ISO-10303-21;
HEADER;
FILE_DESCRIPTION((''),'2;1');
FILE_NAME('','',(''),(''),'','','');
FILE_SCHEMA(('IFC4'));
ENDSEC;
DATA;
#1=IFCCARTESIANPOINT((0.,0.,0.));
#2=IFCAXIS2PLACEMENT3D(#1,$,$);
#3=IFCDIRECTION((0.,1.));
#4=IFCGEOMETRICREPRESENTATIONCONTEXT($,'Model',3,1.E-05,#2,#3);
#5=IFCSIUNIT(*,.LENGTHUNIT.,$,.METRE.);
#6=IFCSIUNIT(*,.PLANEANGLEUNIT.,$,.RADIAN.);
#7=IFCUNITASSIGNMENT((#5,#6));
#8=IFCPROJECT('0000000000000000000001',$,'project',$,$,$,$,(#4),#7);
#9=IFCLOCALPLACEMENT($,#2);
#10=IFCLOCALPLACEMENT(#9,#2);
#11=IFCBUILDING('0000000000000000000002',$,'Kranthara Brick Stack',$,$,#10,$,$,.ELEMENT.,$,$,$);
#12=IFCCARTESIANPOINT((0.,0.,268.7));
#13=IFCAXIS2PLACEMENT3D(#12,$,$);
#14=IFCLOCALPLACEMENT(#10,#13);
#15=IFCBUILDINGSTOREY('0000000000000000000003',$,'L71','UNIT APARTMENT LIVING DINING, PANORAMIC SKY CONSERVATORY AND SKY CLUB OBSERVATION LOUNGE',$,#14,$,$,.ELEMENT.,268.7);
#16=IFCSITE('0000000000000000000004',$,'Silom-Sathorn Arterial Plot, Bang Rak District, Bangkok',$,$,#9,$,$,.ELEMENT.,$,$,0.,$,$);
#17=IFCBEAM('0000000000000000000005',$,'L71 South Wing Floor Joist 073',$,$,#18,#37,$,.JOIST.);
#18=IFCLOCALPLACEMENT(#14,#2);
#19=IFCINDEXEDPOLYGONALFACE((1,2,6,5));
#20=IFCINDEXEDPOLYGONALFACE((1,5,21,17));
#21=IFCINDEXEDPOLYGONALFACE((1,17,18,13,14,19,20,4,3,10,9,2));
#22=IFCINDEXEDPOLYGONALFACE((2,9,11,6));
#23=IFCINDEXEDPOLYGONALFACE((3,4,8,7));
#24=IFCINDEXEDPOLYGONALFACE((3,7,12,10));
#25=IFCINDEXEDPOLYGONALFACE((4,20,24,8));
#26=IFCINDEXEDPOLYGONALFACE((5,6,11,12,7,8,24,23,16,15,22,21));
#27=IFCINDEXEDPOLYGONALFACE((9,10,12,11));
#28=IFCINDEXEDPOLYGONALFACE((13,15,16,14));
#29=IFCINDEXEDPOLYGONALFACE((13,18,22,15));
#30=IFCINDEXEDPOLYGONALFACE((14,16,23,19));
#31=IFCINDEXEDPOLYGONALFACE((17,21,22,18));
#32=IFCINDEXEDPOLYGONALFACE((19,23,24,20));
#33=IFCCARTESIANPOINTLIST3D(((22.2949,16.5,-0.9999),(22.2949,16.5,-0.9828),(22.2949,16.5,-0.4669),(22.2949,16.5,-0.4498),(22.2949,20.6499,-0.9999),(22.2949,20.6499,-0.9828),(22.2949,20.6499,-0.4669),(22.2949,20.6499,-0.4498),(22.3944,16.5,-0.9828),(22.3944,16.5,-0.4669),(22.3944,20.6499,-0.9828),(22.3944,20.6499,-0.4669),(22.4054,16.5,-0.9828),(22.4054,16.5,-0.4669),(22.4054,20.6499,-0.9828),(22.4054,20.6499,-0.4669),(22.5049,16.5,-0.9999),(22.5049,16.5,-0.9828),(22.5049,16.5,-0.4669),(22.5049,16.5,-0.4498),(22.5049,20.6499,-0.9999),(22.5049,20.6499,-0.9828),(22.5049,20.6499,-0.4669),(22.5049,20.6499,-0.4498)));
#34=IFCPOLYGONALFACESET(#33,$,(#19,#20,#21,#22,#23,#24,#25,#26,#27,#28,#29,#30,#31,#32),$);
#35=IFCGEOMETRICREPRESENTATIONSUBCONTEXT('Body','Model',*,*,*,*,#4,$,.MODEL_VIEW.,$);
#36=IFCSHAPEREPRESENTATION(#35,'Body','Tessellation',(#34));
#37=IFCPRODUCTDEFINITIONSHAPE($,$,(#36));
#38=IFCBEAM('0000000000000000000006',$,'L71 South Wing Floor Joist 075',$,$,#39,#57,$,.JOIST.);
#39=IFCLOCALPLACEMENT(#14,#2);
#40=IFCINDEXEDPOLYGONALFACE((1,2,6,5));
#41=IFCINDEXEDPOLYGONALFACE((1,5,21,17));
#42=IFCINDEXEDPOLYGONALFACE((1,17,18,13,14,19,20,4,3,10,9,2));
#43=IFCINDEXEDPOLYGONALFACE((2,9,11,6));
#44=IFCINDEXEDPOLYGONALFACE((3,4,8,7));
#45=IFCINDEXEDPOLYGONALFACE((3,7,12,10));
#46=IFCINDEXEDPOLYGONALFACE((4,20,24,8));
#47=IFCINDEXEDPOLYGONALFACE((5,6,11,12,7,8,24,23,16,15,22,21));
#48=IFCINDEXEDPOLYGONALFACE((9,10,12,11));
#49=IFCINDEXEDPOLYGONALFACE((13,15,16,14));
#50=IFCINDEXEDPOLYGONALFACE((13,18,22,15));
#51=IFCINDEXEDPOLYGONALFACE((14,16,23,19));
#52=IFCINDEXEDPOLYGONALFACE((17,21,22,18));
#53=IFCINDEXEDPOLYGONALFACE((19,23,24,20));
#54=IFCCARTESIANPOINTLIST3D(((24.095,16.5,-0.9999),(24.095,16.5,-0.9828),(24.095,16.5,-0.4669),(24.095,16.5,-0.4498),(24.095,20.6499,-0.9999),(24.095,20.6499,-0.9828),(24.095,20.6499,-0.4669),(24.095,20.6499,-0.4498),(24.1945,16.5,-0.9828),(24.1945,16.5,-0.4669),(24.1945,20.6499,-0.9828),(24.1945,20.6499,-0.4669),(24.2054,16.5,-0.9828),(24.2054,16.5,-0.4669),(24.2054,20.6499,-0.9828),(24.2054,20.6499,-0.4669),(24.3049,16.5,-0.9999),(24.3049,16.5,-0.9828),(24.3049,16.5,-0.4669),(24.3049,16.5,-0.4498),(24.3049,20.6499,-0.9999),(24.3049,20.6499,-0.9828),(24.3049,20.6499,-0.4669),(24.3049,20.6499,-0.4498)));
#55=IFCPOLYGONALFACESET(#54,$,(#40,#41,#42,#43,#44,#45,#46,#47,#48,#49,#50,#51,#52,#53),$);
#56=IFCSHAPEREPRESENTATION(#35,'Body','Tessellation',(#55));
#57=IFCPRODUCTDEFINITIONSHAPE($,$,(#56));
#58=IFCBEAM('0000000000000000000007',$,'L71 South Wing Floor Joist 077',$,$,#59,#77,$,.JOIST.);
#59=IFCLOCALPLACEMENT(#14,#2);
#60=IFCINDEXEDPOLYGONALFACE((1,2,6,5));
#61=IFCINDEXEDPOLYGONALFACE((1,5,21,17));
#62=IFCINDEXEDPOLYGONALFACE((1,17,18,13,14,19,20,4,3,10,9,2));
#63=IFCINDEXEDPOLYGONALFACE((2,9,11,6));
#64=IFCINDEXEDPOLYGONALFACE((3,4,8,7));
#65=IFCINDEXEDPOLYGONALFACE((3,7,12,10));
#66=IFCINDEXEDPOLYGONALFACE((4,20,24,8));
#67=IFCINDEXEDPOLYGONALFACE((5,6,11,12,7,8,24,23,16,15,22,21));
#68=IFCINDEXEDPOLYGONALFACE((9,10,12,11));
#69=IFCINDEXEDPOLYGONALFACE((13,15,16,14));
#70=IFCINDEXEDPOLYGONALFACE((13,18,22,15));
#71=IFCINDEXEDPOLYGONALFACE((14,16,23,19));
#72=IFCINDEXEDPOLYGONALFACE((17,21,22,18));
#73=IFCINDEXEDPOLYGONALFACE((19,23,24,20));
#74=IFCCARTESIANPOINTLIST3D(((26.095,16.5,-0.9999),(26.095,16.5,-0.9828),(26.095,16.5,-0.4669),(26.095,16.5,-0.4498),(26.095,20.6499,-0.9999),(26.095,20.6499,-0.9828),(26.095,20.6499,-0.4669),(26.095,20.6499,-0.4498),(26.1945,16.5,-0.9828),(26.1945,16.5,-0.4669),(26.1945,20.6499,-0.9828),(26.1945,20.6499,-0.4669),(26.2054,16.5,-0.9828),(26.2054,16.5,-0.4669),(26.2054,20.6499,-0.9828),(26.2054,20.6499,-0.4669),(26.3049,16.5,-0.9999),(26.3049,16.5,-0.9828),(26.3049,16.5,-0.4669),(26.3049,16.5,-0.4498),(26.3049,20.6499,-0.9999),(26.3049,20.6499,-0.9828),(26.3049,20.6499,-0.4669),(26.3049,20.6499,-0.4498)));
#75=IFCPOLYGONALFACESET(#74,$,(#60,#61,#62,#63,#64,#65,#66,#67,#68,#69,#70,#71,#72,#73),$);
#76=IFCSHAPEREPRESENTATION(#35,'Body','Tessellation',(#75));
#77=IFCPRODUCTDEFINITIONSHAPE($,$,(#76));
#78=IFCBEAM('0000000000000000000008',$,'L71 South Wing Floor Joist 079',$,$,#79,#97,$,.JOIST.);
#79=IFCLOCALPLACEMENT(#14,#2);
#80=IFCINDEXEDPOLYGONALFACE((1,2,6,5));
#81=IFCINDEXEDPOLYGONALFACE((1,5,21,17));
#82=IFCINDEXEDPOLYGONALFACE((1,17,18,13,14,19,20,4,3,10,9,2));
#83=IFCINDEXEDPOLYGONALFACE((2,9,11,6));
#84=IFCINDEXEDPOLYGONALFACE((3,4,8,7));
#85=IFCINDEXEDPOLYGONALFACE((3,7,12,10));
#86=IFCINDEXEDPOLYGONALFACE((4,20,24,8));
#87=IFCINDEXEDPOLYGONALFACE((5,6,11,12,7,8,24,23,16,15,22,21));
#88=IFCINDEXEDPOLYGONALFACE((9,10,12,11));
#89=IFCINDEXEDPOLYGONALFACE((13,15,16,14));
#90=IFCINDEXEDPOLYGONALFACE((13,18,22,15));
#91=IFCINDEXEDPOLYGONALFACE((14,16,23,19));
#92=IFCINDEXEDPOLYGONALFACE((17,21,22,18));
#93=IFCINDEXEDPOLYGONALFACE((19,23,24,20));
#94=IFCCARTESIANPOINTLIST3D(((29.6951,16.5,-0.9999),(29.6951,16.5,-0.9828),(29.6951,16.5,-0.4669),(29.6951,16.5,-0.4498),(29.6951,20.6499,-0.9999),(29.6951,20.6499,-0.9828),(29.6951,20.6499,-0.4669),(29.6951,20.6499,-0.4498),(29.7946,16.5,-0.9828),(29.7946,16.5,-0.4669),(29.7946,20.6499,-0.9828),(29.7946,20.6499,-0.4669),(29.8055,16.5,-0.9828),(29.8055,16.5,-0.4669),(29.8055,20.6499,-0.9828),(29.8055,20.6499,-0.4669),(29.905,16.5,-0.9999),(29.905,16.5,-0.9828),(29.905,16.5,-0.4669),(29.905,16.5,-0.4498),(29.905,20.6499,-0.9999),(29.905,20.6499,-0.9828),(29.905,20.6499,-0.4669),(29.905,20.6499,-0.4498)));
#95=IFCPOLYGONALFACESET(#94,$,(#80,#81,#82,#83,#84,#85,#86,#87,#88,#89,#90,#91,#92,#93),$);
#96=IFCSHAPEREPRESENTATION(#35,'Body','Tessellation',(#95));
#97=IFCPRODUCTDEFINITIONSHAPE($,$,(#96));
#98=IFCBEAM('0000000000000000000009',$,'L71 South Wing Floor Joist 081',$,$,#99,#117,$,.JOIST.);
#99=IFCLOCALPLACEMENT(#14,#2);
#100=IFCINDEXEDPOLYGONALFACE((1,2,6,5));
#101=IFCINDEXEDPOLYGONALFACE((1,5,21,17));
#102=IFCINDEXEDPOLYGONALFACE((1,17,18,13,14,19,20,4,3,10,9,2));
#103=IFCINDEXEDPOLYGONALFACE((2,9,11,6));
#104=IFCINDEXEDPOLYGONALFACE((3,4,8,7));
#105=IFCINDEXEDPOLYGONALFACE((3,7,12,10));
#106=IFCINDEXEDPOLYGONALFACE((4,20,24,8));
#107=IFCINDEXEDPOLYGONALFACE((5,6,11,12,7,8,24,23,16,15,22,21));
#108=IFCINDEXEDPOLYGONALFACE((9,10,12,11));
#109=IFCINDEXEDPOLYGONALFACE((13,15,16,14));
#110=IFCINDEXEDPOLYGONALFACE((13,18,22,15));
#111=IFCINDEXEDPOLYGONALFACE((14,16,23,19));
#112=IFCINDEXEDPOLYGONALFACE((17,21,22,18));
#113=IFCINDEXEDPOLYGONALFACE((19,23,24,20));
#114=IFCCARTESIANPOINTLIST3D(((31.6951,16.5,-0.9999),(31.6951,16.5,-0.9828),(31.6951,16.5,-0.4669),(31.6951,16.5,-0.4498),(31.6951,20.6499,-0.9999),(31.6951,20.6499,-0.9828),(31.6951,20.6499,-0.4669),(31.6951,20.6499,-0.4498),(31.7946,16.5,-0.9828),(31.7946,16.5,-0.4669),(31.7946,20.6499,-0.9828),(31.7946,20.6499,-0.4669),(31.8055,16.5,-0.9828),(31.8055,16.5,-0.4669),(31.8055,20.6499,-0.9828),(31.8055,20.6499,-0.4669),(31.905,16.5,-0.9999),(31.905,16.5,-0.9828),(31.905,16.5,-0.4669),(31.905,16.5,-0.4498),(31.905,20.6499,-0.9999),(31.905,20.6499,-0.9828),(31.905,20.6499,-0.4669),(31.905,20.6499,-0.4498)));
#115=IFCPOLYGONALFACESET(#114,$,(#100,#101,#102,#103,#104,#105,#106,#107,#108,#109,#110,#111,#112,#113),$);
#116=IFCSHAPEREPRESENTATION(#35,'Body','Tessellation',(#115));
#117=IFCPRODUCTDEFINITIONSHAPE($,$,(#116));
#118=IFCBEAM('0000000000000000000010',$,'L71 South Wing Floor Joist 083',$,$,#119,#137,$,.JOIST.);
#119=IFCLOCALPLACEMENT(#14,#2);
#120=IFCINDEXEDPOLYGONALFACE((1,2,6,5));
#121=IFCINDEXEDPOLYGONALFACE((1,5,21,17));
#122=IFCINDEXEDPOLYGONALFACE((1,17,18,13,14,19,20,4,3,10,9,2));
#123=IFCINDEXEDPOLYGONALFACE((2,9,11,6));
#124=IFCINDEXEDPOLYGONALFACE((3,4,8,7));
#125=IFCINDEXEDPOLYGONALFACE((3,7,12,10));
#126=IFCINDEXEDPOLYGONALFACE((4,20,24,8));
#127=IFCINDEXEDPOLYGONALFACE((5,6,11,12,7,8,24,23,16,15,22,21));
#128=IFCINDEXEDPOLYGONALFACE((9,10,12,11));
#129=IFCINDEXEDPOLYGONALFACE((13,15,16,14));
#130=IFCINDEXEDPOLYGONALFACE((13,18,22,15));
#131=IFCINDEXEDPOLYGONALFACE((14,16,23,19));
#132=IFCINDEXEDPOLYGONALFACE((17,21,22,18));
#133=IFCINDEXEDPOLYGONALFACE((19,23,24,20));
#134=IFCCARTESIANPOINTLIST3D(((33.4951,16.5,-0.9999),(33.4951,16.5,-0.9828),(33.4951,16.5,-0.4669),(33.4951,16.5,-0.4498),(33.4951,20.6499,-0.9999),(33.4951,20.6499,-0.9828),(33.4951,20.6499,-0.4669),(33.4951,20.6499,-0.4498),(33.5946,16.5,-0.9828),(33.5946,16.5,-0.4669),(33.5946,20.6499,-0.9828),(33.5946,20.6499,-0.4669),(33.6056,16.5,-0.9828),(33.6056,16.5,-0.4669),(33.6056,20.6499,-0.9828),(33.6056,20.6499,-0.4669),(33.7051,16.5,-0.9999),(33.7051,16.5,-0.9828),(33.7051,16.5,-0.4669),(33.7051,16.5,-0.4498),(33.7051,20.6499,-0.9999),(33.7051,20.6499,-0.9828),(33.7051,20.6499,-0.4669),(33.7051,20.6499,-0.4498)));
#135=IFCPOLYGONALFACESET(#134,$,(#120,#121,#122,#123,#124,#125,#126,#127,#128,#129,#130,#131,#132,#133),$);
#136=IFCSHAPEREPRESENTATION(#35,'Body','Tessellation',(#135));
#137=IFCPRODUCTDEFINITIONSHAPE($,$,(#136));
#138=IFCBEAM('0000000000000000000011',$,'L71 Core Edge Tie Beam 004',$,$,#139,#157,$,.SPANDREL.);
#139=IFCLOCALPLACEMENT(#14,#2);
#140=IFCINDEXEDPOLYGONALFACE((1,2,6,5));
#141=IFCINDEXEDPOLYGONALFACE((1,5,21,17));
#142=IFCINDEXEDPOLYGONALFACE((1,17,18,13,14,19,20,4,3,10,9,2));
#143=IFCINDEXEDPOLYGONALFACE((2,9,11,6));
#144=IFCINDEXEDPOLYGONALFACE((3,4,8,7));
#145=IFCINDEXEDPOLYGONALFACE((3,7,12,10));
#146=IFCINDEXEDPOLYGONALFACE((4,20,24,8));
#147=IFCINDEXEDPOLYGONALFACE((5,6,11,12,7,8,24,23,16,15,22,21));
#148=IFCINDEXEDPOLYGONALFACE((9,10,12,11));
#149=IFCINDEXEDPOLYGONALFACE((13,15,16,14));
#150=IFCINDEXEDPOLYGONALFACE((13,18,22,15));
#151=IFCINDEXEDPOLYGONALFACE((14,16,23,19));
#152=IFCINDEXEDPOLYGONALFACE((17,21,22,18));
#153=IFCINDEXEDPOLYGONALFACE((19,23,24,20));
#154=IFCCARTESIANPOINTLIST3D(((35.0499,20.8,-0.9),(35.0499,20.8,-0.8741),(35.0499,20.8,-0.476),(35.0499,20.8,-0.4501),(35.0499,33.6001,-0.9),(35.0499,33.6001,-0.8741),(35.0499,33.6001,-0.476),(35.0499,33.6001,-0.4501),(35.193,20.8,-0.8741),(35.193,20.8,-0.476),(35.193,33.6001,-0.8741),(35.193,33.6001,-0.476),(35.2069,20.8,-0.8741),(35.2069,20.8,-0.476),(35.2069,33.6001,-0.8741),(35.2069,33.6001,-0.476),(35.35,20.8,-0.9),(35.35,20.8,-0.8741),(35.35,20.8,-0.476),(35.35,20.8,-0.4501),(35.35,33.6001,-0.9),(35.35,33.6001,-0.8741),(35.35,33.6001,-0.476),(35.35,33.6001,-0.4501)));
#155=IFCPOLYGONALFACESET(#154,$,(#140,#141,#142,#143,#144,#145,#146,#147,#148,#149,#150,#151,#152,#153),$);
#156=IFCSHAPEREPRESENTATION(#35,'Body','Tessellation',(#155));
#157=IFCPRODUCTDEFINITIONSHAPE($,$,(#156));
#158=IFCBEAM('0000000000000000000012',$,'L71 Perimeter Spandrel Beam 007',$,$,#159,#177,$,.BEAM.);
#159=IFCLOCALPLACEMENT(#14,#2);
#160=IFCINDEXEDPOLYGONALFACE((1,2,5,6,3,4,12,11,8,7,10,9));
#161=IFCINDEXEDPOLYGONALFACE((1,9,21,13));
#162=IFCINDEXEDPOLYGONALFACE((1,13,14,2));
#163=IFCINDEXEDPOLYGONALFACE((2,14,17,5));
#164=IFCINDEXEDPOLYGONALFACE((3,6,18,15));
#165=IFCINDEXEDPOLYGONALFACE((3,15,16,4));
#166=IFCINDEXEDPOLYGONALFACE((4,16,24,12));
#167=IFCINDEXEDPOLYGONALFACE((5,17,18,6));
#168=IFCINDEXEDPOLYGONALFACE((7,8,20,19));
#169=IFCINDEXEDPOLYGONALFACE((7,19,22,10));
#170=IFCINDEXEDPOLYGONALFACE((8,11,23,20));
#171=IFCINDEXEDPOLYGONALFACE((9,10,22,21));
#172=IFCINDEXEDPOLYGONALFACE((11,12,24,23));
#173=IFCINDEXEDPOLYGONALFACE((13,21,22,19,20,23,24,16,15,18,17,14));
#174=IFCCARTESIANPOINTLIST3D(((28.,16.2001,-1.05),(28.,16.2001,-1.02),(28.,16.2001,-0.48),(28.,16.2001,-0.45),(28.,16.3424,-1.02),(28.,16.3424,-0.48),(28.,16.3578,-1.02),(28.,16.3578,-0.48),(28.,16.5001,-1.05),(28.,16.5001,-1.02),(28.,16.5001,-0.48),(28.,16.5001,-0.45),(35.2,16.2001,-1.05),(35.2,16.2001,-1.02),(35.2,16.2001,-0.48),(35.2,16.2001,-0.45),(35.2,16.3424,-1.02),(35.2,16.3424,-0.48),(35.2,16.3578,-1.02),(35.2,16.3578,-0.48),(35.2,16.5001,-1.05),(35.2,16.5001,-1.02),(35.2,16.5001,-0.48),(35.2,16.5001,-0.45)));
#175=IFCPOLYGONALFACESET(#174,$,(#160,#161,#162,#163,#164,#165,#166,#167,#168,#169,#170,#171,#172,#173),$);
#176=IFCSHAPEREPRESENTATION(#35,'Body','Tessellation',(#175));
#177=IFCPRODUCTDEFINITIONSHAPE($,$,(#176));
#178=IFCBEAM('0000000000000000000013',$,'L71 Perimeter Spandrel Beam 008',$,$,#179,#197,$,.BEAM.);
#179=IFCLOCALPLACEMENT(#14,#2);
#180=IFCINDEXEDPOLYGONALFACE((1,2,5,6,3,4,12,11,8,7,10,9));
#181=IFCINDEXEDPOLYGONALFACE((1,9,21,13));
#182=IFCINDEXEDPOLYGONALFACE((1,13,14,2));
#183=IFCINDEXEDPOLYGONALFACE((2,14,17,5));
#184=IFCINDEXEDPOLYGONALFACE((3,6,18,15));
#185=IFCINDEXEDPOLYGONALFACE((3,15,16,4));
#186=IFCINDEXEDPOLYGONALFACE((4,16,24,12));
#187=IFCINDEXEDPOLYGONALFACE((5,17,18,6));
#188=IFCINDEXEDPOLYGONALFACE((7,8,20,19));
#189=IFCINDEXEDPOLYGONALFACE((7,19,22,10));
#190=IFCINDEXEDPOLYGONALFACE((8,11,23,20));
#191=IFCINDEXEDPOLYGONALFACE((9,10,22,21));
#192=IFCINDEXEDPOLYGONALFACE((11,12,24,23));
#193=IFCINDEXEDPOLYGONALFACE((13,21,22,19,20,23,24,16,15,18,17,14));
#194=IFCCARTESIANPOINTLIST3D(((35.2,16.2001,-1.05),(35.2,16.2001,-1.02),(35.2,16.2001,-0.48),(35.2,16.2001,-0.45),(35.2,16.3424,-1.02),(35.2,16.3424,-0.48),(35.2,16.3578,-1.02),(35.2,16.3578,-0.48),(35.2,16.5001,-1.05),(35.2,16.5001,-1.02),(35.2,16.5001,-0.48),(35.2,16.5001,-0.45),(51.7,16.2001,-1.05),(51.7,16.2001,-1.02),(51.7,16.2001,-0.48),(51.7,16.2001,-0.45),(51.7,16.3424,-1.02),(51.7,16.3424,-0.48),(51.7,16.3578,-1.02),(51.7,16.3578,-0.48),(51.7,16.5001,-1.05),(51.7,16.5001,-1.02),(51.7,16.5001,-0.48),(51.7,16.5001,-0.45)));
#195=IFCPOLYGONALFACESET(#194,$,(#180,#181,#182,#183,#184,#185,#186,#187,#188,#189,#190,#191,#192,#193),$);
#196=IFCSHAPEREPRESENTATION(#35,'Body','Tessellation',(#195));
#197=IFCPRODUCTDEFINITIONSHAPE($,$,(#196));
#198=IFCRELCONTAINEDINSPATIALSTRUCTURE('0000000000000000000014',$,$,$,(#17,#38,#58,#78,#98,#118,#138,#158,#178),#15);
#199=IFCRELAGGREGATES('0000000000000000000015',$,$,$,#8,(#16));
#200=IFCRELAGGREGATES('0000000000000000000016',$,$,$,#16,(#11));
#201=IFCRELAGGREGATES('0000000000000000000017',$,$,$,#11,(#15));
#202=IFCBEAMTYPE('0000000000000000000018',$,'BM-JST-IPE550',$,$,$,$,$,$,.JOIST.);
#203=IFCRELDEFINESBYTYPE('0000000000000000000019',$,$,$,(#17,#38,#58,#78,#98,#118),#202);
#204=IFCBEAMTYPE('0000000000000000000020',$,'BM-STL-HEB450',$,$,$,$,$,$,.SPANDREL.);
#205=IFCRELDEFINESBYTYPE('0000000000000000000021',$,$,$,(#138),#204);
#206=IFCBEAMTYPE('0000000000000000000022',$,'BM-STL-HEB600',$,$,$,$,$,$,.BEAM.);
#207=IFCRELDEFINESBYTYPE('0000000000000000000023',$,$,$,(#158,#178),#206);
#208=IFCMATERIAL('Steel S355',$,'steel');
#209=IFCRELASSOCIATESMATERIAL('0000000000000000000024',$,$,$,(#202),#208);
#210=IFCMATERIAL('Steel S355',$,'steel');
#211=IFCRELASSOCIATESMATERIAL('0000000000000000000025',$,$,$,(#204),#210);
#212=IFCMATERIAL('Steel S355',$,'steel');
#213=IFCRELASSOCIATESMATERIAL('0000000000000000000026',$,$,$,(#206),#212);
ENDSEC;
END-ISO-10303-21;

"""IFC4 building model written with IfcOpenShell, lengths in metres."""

from ifc_helpers import new_model, si_unit, direction, frame, origin, origin_2d, place, context, subcontext, project, spatial, i_section, extrude, material, material_profile, profile_set, type_object, element, save


model = new_model("IFC4")

# Units and contexts
model_context = context("Model", 3, precision=1e-05, world=origin(), true_north=direction((0.0, 1.0)))
body_context = subcontext(model_context, "Body", "Model", "MODEL_VIEW")
ifc_project = project(units=[si_unit("LENGTHUNIT", "METRE"), si_unit("PLANEANGLEUNIT", "RADIAN")], contexts=[model_context])

# Site, building, storey
site_placement = place(None, origin())
site = spatial("IfcSite", under=ifc_project, at=site_placement, Name="Silom-Sathorn Arterial Plot, Bang Rak District, Bangkok", CompositionType="ELEMENT", RefElevation=0.0)
building_placement = place(site_placement, origin())
building = spatial("IfcBuilding", under=site, at=building_placement, Name="Kranthara Brick Stack", CompositionType="ELEMENT")
storey_placement = place(building_placement, frame((0.0, 0.0, 268.7)))
storey = spatial("IfcBuildingStorey", under=building, at=storey_placement, Name="L71", Description="UNIT APARTMENT LIVING DINING, PANORAMIC SKY CONSERVATORY AND SKY CLUB OBSERVATION LOUNGE", CompositionType="ELEMENT", Elevation=268.7)

# Beams
ifc_material_1 = material(Name="Steel S355", Category="steel")
ifc_material_profile_1 = material_profile(ifc_material_1, i_section(OverallWidth=0.21, OverallDepth=0.55, WebThickness=0.011, FlangeThickness=0.0171, at=origin_2d()), Name="IPE 550")
ifc_profile_set_1 = profile_set([ifc_material_profile_1], Name="Steel S355")
beam_type_1 = type_object("IfcBeamType", Name="BM-JST-IPE550", PredefinedType="JOIST", material=ifc_profile_set_1)
for number, where, z_axis, x_axis, name in (
    (1, (22.3999, 16.5, -0.7249), (0.0, 1.0, 0.0), (-1.0, 0.0, 0.0), "L71 South Wing Floor Joist 073"),
    (2, (24.2, 16.5, -0.7249), (0.0, 1.0, 0.0), (-1.0, 0.0, 0.0), "L71 South Wing Floor Joist 075"),
    (3, (26.2, 16.5, -0.7249), (0.0, 1.0, 0.0), (-1.0, 0.0, 0.0), "L71 South Wing Floor Joist 077"),
    (4, (29.8, 16.5, -0.7249), (0.0, 1.0, 0.0), (-1.0, 0.0, 0.0), "L71 South Wing Floor Joist 079"),
    (5, (31.8, 16.5, -0.7249), (0.0, 1.0, 0.0), (-1.0, 0.0, 0.0), "L71 South Wing Floor Joist 081"),
    (6, (33.6001, 16.5, -0.7249), (0.0, 1.0, 0.0), (-1.0, 0.0, 0.0), "L71 South Wing Floor Joist 083"),
):
    element("IfcBeam", number, at=place(storey_placement, frame(where, z_axis=z_axis, x_axis=x_axis)), inside=storey, type_object=beam_type_1, Name=name, PredefinedType="JOIST", context=body_context, shape_type="SweptSolid", body=[
        extrude(i_section(OverallWidth=0.21, OverallDepth=0.55, WebThickness=0.011, FlangeThickness=0.0171, at=origin_2d()), origin(), (0.0, 0.0, 1.0), 4.1499),
    ])
ifc_material_2 = material(Name="Steel S355", Category="steel")
ifc_material_profile_2 = material_profile(ifc_material_2, i_section(OverallWidth=0.3, OverallDepth=0.45, WebThickness=0.0139, FlangeThickness=0.0259, at=origin_2d()), Name="HEB 450")
ifc_profile_set_2 = profile_set([ifc_material_profile_2], Name="Steel S355")
beam_type_2 = type_object("IfcBeamType", Name="BM-STL-HEB450", PredefinedType="SPANDREL", material=ifc_profile_set_2)
beam_1_placement = place(storey_placement, frame((35.2, 20.8, -0.675), z_axis=(0.0, 1.0, 0.0), x_axis=(-1.0, 0.0, 0.0)))
element("IfcBeam", 7, at=beam_1_placement, inside=storey, type_object=beam_type_2, Name="L71 Core Edge Tie Beam 004", PredefinedType="SPANDREL", context=body_context, shape_type="SweptSolid", body=[
    extrude(i_section(OverallWidth=0.3, OverallDepth=0.45, WebThickness=0.0139, FlangeThickness=0.0259, at=origin_2d()), origin(), (0.0, 0.0, 1.0), 12.8),
])
ifc_material_3 = material(Name="Steel S355", Category="steel")
ifc_material_profile_3 = material_profile(ifc_material_3, i_section(OverallWidth=0.3, OverallDepth=0.6001, WebThickness=0.0154, FlangeThickness=0.03, at=origin_2d()), Name="HEB 600")
ifc_profile_set_3 = profile_set([ifc_material_profile_3], Name="Steel S355")
beam_type_3 = type_object("IfcBeamType", Name="BM-STL-HEB600", PredefinedType="BEAM", material=ifc_profile_set_3)
beam_2_placement = place(storey_placement, frame((28.0, 16.3501, -0.75), z_axis=(1.0, 0.0, 0.0), x_axis=(0.0, 1.0, 0.0)))
element("IfcBeam", 8, at=beam_2_placement, inside=storey, type_object=beam_type_3, Name="L71 Perimeter Spandrel Beam 007", PredefinedType="BEAM", context=body_context, shape_type="SweptSolid", body=[
    extrude(i_section(OverallWidth=0.3, OverallDepth=0.6001, WebThickness=0.0154, FlangeThickness=0.03, at=origin_2d()), origin(), (0.0, 0.0, 1.0), 7.2),
])
beam_3_placement = place(storey_placement, frame((35.2, 16.3501, -0.75), z_axis=(1.0, 0.0, 0.0), x_axis=(0.0, 1.0, 0.0)))
element("IfcBeam", 9, at=beam_3_placement, inside=storey, type_object=beam_type_3, Name="L71 Perimeter Spandrel Beam 008", PredefinedType="BEAM", context=body_context, shape_type="SweptSolid", body=[
    extrude(i_section(OverallWidth=0.3, OverallDepth=0.6001, WebThickness=0.0154, FlangeThickness=0.03, at=origin_2d()), origin(), (0.0, 0.0, 1.0), 16.5),
])

save(model, "model.ifc")
